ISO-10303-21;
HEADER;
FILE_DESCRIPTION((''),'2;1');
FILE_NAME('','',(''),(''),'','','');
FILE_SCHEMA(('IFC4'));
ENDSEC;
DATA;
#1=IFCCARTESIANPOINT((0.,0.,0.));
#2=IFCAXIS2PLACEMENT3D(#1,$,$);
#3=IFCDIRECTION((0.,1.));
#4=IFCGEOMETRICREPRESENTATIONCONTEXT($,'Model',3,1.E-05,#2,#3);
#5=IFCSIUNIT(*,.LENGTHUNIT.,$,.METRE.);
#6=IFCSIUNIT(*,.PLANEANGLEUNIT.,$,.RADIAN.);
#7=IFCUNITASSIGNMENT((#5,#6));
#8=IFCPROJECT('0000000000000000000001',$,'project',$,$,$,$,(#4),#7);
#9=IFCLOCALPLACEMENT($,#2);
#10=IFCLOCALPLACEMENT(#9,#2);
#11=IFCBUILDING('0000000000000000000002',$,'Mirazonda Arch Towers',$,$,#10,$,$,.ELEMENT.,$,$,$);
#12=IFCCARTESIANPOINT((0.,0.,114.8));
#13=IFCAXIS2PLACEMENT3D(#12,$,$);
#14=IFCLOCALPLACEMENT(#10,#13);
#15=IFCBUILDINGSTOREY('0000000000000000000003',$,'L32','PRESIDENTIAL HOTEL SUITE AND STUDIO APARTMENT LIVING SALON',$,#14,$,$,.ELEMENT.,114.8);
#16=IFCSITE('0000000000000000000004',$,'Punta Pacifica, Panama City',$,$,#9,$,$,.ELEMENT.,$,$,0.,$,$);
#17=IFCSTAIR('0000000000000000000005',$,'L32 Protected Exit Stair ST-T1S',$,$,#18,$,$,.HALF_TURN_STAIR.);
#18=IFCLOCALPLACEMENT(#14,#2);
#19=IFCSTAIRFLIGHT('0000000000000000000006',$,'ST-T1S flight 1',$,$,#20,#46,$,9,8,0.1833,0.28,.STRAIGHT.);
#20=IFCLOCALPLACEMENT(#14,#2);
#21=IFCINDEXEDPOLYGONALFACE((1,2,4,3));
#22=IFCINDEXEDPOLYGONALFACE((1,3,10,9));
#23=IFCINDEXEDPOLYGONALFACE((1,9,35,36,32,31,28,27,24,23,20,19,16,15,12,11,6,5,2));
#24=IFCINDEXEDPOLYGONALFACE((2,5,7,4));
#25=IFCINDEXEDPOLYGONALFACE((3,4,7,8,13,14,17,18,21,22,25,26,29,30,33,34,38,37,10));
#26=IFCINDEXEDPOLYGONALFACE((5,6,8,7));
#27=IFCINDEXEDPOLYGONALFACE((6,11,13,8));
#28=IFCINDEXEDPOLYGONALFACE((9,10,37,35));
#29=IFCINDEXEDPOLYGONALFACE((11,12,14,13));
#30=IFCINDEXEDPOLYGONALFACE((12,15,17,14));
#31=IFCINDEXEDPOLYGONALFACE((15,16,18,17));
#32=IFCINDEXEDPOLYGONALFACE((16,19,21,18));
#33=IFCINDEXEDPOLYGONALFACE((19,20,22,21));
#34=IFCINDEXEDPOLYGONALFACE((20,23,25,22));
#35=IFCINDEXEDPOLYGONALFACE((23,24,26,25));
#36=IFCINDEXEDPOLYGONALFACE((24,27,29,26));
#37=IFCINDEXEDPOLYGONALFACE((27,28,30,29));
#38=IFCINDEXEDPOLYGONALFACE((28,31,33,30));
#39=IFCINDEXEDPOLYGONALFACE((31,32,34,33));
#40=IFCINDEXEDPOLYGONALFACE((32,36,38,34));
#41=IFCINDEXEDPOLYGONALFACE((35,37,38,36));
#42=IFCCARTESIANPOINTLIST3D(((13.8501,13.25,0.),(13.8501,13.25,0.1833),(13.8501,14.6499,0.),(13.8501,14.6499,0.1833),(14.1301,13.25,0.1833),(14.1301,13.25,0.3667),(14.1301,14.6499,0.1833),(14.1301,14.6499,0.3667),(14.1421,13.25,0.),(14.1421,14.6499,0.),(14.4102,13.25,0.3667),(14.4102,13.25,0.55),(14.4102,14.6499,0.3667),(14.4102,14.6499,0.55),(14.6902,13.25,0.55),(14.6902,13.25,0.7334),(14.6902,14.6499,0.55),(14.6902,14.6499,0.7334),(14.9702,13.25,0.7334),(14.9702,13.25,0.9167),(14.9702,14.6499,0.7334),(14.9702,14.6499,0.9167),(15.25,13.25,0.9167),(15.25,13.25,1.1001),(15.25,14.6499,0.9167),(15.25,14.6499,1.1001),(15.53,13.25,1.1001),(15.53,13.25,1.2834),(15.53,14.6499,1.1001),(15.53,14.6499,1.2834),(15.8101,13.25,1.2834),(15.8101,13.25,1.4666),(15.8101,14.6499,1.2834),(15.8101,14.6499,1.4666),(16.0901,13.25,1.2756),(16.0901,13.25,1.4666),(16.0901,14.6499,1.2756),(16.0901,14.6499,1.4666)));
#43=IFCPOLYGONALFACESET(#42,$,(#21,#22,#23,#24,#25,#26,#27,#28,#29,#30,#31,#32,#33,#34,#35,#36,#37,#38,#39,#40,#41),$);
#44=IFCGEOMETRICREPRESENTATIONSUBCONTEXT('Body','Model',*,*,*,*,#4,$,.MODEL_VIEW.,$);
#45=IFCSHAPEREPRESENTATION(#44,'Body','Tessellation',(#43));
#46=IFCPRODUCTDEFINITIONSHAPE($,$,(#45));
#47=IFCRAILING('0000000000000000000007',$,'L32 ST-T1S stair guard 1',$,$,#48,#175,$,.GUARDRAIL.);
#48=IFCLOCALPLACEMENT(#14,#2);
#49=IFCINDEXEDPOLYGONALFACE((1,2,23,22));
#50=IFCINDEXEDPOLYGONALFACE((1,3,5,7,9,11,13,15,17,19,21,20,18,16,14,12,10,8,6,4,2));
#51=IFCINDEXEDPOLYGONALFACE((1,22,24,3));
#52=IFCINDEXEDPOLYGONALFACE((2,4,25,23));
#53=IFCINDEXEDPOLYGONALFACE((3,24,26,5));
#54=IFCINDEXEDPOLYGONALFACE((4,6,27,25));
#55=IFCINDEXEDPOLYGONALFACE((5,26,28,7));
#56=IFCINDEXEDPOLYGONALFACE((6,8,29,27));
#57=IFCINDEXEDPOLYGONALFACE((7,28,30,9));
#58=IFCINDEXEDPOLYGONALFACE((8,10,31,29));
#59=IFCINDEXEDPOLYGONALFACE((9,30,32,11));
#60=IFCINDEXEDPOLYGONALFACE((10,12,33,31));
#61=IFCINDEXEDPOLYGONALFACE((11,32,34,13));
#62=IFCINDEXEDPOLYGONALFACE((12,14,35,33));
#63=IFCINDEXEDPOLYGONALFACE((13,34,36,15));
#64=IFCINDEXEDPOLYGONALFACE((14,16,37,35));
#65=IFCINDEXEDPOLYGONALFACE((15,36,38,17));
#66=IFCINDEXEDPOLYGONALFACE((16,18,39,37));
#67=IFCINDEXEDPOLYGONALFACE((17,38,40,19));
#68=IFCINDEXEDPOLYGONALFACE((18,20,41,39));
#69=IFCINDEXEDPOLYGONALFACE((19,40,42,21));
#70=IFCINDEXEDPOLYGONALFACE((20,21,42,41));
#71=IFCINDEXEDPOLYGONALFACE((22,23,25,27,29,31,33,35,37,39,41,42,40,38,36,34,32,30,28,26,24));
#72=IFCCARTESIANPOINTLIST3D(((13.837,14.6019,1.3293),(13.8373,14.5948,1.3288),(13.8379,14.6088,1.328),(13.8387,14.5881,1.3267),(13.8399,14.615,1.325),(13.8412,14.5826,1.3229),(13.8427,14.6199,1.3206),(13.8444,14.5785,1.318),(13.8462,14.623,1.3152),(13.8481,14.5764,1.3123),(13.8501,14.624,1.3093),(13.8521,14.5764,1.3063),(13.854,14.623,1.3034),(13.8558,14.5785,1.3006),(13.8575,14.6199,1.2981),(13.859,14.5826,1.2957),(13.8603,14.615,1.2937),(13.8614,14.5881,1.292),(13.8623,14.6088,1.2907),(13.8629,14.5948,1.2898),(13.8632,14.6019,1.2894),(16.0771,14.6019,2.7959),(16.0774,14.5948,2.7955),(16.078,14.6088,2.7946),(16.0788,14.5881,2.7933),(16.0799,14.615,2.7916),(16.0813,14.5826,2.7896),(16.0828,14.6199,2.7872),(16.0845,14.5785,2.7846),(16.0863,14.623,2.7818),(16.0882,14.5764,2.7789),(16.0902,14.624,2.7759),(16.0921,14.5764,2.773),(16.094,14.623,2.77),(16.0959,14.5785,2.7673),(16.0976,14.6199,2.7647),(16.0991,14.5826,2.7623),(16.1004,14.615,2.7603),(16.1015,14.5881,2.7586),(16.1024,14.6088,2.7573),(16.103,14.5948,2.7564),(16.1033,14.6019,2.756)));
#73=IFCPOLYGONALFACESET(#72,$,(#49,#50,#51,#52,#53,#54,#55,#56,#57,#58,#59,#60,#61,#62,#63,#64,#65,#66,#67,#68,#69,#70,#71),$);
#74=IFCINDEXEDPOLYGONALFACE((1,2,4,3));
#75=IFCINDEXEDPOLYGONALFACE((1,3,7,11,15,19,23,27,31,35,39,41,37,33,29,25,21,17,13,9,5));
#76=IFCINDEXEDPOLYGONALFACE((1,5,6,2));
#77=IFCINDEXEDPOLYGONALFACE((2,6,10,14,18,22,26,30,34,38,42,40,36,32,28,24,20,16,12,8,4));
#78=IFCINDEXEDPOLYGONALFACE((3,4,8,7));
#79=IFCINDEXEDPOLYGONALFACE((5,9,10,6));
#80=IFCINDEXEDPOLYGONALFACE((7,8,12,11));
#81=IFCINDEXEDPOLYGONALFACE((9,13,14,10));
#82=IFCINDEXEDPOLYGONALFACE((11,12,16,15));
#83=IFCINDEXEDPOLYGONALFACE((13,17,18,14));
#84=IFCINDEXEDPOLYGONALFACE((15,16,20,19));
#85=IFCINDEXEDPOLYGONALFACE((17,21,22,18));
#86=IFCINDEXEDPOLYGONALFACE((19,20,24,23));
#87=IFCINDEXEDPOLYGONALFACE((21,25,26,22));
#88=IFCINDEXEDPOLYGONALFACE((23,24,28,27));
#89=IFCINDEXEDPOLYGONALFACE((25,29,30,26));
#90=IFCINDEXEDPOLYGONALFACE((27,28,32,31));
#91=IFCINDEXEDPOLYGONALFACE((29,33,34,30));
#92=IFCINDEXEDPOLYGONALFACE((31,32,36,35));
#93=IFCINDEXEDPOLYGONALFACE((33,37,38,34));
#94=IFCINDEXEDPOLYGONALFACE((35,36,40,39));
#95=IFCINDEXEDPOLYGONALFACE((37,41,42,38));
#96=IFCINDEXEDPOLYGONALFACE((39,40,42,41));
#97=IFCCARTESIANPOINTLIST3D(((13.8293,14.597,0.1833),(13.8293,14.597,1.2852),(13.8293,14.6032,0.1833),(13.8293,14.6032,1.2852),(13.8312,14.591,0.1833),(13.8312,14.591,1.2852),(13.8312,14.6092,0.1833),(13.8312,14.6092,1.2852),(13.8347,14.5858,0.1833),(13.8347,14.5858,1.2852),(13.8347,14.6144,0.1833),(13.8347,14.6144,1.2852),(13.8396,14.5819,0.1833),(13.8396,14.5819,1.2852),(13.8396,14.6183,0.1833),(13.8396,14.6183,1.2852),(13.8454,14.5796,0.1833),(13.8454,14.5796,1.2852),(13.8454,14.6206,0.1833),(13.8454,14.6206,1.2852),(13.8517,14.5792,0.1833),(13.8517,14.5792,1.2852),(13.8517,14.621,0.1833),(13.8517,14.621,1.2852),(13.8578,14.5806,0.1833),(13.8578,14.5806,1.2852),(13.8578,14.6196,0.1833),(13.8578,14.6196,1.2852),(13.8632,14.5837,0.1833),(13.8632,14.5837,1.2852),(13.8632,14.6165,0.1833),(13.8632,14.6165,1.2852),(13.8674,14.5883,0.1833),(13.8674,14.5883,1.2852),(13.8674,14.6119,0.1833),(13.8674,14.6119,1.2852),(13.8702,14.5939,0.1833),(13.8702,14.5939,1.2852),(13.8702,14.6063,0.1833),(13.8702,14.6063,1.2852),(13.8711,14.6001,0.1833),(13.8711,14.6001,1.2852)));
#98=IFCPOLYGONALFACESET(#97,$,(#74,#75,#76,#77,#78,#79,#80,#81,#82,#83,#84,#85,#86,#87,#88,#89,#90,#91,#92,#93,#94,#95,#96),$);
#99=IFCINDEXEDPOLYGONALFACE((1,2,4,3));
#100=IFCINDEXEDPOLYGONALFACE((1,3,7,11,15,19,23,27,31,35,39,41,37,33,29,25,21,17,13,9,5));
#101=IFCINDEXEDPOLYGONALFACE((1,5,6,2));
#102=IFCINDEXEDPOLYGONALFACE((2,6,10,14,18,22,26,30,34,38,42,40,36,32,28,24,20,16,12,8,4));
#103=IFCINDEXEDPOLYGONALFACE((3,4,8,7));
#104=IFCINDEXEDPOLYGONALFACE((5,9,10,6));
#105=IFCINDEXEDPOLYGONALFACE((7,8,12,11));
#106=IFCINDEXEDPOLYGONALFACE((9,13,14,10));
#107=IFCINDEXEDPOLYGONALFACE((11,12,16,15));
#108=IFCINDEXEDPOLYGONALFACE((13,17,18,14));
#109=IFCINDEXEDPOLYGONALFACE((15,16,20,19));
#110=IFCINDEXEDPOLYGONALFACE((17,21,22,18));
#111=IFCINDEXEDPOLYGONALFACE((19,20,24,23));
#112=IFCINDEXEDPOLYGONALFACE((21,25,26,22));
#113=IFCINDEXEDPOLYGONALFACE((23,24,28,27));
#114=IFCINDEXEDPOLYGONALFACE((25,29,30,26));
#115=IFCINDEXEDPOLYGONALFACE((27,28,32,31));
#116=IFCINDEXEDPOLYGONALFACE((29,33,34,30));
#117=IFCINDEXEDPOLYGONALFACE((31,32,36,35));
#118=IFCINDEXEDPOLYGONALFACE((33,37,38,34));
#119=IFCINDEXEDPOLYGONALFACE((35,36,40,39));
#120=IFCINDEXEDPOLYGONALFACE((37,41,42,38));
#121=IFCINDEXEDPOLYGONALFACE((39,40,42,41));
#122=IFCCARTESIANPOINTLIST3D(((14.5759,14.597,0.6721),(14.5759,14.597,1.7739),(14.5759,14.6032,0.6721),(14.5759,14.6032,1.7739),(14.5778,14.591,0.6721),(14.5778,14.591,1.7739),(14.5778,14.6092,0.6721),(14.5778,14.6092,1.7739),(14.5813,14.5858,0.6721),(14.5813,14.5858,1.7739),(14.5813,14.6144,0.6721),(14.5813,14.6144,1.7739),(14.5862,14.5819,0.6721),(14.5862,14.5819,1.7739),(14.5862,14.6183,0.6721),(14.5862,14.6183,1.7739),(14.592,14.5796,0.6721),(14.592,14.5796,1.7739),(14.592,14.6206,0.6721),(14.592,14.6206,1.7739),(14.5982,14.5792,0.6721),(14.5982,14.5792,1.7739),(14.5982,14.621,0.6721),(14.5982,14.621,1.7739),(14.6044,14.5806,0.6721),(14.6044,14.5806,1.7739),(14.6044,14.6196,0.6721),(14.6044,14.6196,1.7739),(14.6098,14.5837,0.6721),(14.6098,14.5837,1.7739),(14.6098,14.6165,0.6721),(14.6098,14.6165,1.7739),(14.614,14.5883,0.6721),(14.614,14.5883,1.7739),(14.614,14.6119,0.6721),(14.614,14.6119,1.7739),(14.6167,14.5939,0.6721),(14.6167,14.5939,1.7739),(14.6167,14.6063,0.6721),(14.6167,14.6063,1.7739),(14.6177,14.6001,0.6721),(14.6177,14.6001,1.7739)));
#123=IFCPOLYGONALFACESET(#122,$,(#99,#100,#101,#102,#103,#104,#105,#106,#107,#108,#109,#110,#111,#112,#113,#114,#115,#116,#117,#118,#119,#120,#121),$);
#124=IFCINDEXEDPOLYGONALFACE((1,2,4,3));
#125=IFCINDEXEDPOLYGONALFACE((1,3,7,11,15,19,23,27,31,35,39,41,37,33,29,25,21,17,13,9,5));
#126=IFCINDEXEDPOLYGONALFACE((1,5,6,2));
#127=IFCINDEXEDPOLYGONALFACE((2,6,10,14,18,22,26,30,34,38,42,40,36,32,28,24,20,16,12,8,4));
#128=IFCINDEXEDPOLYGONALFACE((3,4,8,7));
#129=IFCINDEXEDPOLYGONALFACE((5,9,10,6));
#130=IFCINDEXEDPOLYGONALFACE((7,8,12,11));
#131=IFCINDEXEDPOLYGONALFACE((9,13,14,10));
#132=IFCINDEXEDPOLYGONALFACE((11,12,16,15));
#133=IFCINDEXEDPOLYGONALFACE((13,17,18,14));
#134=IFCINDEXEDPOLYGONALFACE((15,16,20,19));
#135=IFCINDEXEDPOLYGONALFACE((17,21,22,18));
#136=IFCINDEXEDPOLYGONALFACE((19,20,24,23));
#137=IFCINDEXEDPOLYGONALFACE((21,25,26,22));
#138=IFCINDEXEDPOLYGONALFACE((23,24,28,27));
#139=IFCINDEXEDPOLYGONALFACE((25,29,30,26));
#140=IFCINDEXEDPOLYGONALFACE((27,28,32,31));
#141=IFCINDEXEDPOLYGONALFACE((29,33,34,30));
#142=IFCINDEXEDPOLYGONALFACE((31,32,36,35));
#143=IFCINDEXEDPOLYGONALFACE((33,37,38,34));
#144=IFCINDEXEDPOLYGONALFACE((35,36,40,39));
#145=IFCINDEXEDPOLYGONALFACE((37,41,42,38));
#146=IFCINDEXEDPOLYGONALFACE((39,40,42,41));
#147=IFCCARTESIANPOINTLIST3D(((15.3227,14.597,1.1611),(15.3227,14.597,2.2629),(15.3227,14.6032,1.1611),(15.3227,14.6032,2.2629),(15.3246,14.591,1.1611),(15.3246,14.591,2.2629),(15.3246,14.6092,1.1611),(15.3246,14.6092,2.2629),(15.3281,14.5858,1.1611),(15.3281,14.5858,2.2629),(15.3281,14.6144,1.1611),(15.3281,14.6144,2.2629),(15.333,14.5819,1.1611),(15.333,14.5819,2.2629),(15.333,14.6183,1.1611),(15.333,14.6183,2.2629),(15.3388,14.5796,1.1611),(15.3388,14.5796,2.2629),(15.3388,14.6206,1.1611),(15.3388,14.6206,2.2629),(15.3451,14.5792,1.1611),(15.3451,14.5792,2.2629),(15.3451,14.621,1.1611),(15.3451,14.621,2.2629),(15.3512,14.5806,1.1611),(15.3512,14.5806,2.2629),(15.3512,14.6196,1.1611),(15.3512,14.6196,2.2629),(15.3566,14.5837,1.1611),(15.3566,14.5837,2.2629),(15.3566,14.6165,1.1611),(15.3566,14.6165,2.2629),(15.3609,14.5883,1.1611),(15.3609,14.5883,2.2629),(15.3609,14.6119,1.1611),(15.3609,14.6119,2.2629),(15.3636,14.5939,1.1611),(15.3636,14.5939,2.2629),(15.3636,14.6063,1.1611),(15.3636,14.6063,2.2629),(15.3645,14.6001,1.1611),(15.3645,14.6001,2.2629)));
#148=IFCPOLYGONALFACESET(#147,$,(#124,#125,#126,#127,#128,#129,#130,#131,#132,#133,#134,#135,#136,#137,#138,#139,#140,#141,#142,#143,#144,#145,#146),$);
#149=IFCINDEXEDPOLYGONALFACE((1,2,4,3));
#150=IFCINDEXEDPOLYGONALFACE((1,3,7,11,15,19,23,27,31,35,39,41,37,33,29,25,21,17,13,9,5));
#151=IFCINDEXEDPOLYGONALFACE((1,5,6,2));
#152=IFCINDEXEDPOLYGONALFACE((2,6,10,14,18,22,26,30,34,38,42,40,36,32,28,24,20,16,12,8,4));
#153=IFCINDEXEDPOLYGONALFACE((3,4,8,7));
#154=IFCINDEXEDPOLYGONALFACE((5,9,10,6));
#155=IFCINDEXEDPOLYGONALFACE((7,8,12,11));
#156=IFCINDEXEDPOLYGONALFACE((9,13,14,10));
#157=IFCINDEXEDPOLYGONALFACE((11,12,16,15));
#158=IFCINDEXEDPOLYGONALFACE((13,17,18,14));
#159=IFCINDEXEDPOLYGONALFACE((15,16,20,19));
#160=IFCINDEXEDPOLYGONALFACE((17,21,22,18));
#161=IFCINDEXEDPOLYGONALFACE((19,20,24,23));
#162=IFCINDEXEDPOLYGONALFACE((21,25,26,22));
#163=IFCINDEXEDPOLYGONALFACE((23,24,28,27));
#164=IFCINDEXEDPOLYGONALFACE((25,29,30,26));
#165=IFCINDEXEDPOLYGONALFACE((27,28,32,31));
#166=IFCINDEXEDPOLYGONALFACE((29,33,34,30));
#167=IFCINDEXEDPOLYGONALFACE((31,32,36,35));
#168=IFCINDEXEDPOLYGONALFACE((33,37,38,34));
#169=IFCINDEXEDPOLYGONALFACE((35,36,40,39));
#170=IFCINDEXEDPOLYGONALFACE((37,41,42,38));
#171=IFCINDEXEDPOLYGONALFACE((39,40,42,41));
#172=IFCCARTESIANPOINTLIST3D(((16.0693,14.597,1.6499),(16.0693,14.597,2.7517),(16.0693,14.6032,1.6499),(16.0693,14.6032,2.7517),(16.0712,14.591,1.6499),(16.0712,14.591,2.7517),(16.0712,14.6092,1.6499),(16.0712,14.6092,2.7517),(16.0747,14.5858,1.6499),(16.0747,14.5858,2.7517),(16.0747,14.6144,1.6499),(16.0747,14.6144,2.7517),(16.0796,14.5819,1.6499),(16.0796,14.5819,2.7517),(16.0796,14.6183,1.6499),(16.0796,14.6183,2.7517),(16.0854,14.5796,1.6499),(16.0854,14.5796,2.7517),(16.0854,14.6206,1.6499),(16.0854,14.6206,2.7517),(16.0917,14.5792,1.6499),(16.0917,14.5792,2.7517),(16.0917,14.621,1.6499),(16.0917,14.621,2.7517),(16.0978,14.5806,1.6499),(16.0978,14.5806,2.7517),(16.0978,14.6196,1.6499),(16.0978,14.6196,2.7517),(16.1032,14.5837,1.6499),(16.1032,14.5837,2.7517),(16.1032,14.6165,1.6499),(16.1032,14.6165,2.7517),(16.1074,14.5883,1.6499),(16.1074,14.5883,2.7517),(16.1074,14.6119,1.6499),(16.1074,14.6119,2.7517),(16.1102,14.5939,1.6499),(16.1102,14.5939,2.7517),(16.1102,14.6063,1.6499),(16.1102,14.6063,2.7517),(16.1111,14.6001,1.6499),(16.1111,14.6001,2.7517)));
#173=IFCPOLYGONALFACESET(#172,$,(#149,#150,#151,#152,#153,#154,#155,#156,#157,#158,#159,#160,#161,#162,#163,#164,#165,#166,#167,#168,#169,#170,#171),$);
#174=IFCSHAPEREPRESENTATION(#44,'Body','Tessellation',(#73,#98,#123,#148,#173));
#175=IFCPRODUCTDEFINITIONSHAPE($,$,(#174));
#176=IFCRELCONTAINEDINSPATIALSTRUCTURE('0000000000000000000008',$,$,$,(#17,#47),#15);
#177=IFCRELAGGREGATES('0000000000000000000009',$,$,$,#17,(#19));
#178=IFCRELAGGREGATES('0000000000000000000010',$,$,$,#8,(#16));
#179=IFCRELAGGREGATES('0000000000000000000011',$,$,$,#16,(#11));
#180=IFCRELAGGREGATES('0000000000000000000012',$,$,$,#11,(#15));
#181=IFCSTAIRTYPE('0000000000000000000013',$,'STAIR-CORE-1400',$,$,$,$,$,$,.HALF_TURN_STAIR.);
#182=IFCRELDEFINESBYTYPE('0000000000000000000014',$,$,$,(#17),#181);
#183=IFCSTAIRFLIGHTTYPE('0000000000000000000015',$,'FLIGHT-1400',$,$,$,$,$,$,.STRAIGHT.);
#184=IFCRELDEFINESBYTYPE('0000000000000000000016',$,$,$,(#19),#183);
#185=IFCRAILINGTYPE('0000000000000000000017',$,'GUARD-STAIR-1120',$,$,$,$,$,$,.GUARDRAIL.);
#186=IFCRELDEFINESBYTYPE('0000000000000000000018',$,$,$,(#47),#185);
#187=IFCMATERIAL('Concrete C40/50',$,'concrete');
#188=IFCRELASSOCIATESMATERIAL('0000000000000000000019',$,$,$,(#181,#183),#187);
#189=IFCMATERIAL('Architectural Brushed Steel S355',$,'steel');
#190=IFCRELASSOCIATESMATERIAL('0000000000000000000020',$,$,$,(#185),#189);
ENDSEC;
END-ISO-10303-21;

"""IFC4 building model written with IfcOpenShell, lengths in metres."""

from ifc_helpers import new_model, si_unit, direction, frame, origin, origin_2d, place, context, subcontext, project, spatial, polyline, circle, outline, extrude, material, type_object, element, aggregate, save


model = new_model("IFC4")

# Units and contexts
model_context = context("Model", 3, precision=1e-05, world=origin(), true_north=direction((0.0, 1.0)))
body_context = subcontext(model_context, "Body", "Model", "MODEL_VIEW")
ifc_project = project(units=[si_unit("LENGTHUNIT", "METRE"), si_unit("PLANEANGLEUNIT", "RADIAN")], contexts=[model_context])

# Site, building, storey
site_placement = place(None, origin())
site = spatial("IfcSite", under=ifc_project, at=site_placement, Name="Punta Pacifica, Panama City", CompositionType="ELEMENT", RefElevation=0.0)
building_placement = place(site_placement, origin())
building = spatial("IfcBuilding", under=site, at=building_placement, Name="Mirazonda Arch Towers", CompositionType="ELEMENT")
storey_placement = place(building_placement, frame((0.0, 0.0, 114.8)))
storey = spatial("IfcBuildingStorey", under=building, at=storey_placement, Name="L32", Description="PRESIDENTIAL HOTEL SUITE AND STUDIO APARTMENT LIVING SALON", CompositionType="ELEMENT", Elevation=114.8)

# Stair
ifc_material_1 = material(Name="Concrete C40/50", Category="concrete")
stair_type = type_object("IfcStairType", Name="STAIR-CORE-1400", PredefinedType="HALF_TURN_STAIR", material=ifc_material_1)
stair_1_placement = place(storey_placement, origin())
stair_1 = element("IfcStair", 1, at=stair_1_placement, inside=storey, type_object=stair_type, Name="L32 Protected Exit Stair ST-T1S", PredefinedType="HALF_TURN_STAIR")

# Shared definitions
ifc_material_2 = material(Name="Architectural Brushed Steel S355", Category="steel")

# Stair flight
stair_flight_type = type_object("IfcStairFlightType", Name="FLIGHT-1400", PredefinedType="STRAIGHT", material=ifc_material_1)
stair_flight_placement = place(storey_placement, frame((13.8501, 13.95, 0.0), z_axis=(0.0, 0.0, 1.0), x_axis=(1.0, 0.0, 0.0)))
stair_flight = element("IfcStairFlight", 2, at=stair_flight_placement, type_object=stair_flight_type, Name="ST-T1S flight 1", NumberOfRisers=9, NumberOfTreads=8, PredefinedType="STRAIGHT", RiserHeight=0.1833, TreadLength=0.28, context=body_context, shape_type="SweptSolid", body=[
    extrude(outline(polyline([(0.0, 0.0), (0.0, 0.1833), (0.28, 0.1833), (0.28, 0.3667), (0.5601, 0.3667), (0.5601, 0.55), (0.8401, 0.55), (0.8401, 0.7334), (1.1201, 0.7334), (1.1201, 0.9167), (1.3999, 0.9167), (1.3999, 1.1001), (1.6799, 1.1001), (1.6799, 1.2834), (1.96, 1.2834), (1.96, 1.4666), (2.24, 1.4666), (2.24, 1.6499), (2.24, 1.2756), (0.292, 0.0), (0.0, 0.0)])), frame((0.0, 0.7, 0.0), z_axis=(0.0, -1.0, 0.0), x_axis=(1.0, 0.0, 0.0)), (0.0, 0.0, 1.0), 1.3999),
])
aggregate(stair_1, [stair_flight])

# Railing
railing_type_1 = type_object("IfcRailingType", Name="GUARD-STAIR-1120", PredefinedType="GUARDRAIL", material=ifc_material_2)
railing_1_placement = place(storey_placement, frame((13.8501, 14.6001, 0.1833)))
element("IfcRailing", 3, at=railing_1_placement, inside=storey, type_object=railing_type_1, Name="L32 ST-T1S stair guard 1", PredefinedType="GUARDRAIL", context=body_context, shape_type="SweptSolid", body=[
    extrude(circle(Radius=0.0239, at=origin_2d()), frame((0.0, 0.0, 1.126), z_axis=(0.836637, 0.0, 0.547758), x_axis=(0.0, 1.0, 0.0)), (0.0, 0.0, 1.0), 2.6775),
    extrude(circle(Radius=0.021, at=origin_2d()), origin(), (0.0, 0.0, 1.0), 1.1018),
    extrude(circle(Radius=0.021, at=origin_2d()), frame((0.7466, 0.0, 0.4888)), (0.0, 0.0, 1.0), 1.1018),
    extrude(circle(Radius=0.021, at=origin_2d()), frame((1.4934, 0.0, 0.9778)), (0.0, 0.0, 1.0), 1.1018),
    extrude(circle(Radius=0.021, at=origin_2d()), frame((2.24, 0.0, 1.4666)), (0.0, 0.0, 1.0), 1.1018),
])

save(model, "model.ifc")
